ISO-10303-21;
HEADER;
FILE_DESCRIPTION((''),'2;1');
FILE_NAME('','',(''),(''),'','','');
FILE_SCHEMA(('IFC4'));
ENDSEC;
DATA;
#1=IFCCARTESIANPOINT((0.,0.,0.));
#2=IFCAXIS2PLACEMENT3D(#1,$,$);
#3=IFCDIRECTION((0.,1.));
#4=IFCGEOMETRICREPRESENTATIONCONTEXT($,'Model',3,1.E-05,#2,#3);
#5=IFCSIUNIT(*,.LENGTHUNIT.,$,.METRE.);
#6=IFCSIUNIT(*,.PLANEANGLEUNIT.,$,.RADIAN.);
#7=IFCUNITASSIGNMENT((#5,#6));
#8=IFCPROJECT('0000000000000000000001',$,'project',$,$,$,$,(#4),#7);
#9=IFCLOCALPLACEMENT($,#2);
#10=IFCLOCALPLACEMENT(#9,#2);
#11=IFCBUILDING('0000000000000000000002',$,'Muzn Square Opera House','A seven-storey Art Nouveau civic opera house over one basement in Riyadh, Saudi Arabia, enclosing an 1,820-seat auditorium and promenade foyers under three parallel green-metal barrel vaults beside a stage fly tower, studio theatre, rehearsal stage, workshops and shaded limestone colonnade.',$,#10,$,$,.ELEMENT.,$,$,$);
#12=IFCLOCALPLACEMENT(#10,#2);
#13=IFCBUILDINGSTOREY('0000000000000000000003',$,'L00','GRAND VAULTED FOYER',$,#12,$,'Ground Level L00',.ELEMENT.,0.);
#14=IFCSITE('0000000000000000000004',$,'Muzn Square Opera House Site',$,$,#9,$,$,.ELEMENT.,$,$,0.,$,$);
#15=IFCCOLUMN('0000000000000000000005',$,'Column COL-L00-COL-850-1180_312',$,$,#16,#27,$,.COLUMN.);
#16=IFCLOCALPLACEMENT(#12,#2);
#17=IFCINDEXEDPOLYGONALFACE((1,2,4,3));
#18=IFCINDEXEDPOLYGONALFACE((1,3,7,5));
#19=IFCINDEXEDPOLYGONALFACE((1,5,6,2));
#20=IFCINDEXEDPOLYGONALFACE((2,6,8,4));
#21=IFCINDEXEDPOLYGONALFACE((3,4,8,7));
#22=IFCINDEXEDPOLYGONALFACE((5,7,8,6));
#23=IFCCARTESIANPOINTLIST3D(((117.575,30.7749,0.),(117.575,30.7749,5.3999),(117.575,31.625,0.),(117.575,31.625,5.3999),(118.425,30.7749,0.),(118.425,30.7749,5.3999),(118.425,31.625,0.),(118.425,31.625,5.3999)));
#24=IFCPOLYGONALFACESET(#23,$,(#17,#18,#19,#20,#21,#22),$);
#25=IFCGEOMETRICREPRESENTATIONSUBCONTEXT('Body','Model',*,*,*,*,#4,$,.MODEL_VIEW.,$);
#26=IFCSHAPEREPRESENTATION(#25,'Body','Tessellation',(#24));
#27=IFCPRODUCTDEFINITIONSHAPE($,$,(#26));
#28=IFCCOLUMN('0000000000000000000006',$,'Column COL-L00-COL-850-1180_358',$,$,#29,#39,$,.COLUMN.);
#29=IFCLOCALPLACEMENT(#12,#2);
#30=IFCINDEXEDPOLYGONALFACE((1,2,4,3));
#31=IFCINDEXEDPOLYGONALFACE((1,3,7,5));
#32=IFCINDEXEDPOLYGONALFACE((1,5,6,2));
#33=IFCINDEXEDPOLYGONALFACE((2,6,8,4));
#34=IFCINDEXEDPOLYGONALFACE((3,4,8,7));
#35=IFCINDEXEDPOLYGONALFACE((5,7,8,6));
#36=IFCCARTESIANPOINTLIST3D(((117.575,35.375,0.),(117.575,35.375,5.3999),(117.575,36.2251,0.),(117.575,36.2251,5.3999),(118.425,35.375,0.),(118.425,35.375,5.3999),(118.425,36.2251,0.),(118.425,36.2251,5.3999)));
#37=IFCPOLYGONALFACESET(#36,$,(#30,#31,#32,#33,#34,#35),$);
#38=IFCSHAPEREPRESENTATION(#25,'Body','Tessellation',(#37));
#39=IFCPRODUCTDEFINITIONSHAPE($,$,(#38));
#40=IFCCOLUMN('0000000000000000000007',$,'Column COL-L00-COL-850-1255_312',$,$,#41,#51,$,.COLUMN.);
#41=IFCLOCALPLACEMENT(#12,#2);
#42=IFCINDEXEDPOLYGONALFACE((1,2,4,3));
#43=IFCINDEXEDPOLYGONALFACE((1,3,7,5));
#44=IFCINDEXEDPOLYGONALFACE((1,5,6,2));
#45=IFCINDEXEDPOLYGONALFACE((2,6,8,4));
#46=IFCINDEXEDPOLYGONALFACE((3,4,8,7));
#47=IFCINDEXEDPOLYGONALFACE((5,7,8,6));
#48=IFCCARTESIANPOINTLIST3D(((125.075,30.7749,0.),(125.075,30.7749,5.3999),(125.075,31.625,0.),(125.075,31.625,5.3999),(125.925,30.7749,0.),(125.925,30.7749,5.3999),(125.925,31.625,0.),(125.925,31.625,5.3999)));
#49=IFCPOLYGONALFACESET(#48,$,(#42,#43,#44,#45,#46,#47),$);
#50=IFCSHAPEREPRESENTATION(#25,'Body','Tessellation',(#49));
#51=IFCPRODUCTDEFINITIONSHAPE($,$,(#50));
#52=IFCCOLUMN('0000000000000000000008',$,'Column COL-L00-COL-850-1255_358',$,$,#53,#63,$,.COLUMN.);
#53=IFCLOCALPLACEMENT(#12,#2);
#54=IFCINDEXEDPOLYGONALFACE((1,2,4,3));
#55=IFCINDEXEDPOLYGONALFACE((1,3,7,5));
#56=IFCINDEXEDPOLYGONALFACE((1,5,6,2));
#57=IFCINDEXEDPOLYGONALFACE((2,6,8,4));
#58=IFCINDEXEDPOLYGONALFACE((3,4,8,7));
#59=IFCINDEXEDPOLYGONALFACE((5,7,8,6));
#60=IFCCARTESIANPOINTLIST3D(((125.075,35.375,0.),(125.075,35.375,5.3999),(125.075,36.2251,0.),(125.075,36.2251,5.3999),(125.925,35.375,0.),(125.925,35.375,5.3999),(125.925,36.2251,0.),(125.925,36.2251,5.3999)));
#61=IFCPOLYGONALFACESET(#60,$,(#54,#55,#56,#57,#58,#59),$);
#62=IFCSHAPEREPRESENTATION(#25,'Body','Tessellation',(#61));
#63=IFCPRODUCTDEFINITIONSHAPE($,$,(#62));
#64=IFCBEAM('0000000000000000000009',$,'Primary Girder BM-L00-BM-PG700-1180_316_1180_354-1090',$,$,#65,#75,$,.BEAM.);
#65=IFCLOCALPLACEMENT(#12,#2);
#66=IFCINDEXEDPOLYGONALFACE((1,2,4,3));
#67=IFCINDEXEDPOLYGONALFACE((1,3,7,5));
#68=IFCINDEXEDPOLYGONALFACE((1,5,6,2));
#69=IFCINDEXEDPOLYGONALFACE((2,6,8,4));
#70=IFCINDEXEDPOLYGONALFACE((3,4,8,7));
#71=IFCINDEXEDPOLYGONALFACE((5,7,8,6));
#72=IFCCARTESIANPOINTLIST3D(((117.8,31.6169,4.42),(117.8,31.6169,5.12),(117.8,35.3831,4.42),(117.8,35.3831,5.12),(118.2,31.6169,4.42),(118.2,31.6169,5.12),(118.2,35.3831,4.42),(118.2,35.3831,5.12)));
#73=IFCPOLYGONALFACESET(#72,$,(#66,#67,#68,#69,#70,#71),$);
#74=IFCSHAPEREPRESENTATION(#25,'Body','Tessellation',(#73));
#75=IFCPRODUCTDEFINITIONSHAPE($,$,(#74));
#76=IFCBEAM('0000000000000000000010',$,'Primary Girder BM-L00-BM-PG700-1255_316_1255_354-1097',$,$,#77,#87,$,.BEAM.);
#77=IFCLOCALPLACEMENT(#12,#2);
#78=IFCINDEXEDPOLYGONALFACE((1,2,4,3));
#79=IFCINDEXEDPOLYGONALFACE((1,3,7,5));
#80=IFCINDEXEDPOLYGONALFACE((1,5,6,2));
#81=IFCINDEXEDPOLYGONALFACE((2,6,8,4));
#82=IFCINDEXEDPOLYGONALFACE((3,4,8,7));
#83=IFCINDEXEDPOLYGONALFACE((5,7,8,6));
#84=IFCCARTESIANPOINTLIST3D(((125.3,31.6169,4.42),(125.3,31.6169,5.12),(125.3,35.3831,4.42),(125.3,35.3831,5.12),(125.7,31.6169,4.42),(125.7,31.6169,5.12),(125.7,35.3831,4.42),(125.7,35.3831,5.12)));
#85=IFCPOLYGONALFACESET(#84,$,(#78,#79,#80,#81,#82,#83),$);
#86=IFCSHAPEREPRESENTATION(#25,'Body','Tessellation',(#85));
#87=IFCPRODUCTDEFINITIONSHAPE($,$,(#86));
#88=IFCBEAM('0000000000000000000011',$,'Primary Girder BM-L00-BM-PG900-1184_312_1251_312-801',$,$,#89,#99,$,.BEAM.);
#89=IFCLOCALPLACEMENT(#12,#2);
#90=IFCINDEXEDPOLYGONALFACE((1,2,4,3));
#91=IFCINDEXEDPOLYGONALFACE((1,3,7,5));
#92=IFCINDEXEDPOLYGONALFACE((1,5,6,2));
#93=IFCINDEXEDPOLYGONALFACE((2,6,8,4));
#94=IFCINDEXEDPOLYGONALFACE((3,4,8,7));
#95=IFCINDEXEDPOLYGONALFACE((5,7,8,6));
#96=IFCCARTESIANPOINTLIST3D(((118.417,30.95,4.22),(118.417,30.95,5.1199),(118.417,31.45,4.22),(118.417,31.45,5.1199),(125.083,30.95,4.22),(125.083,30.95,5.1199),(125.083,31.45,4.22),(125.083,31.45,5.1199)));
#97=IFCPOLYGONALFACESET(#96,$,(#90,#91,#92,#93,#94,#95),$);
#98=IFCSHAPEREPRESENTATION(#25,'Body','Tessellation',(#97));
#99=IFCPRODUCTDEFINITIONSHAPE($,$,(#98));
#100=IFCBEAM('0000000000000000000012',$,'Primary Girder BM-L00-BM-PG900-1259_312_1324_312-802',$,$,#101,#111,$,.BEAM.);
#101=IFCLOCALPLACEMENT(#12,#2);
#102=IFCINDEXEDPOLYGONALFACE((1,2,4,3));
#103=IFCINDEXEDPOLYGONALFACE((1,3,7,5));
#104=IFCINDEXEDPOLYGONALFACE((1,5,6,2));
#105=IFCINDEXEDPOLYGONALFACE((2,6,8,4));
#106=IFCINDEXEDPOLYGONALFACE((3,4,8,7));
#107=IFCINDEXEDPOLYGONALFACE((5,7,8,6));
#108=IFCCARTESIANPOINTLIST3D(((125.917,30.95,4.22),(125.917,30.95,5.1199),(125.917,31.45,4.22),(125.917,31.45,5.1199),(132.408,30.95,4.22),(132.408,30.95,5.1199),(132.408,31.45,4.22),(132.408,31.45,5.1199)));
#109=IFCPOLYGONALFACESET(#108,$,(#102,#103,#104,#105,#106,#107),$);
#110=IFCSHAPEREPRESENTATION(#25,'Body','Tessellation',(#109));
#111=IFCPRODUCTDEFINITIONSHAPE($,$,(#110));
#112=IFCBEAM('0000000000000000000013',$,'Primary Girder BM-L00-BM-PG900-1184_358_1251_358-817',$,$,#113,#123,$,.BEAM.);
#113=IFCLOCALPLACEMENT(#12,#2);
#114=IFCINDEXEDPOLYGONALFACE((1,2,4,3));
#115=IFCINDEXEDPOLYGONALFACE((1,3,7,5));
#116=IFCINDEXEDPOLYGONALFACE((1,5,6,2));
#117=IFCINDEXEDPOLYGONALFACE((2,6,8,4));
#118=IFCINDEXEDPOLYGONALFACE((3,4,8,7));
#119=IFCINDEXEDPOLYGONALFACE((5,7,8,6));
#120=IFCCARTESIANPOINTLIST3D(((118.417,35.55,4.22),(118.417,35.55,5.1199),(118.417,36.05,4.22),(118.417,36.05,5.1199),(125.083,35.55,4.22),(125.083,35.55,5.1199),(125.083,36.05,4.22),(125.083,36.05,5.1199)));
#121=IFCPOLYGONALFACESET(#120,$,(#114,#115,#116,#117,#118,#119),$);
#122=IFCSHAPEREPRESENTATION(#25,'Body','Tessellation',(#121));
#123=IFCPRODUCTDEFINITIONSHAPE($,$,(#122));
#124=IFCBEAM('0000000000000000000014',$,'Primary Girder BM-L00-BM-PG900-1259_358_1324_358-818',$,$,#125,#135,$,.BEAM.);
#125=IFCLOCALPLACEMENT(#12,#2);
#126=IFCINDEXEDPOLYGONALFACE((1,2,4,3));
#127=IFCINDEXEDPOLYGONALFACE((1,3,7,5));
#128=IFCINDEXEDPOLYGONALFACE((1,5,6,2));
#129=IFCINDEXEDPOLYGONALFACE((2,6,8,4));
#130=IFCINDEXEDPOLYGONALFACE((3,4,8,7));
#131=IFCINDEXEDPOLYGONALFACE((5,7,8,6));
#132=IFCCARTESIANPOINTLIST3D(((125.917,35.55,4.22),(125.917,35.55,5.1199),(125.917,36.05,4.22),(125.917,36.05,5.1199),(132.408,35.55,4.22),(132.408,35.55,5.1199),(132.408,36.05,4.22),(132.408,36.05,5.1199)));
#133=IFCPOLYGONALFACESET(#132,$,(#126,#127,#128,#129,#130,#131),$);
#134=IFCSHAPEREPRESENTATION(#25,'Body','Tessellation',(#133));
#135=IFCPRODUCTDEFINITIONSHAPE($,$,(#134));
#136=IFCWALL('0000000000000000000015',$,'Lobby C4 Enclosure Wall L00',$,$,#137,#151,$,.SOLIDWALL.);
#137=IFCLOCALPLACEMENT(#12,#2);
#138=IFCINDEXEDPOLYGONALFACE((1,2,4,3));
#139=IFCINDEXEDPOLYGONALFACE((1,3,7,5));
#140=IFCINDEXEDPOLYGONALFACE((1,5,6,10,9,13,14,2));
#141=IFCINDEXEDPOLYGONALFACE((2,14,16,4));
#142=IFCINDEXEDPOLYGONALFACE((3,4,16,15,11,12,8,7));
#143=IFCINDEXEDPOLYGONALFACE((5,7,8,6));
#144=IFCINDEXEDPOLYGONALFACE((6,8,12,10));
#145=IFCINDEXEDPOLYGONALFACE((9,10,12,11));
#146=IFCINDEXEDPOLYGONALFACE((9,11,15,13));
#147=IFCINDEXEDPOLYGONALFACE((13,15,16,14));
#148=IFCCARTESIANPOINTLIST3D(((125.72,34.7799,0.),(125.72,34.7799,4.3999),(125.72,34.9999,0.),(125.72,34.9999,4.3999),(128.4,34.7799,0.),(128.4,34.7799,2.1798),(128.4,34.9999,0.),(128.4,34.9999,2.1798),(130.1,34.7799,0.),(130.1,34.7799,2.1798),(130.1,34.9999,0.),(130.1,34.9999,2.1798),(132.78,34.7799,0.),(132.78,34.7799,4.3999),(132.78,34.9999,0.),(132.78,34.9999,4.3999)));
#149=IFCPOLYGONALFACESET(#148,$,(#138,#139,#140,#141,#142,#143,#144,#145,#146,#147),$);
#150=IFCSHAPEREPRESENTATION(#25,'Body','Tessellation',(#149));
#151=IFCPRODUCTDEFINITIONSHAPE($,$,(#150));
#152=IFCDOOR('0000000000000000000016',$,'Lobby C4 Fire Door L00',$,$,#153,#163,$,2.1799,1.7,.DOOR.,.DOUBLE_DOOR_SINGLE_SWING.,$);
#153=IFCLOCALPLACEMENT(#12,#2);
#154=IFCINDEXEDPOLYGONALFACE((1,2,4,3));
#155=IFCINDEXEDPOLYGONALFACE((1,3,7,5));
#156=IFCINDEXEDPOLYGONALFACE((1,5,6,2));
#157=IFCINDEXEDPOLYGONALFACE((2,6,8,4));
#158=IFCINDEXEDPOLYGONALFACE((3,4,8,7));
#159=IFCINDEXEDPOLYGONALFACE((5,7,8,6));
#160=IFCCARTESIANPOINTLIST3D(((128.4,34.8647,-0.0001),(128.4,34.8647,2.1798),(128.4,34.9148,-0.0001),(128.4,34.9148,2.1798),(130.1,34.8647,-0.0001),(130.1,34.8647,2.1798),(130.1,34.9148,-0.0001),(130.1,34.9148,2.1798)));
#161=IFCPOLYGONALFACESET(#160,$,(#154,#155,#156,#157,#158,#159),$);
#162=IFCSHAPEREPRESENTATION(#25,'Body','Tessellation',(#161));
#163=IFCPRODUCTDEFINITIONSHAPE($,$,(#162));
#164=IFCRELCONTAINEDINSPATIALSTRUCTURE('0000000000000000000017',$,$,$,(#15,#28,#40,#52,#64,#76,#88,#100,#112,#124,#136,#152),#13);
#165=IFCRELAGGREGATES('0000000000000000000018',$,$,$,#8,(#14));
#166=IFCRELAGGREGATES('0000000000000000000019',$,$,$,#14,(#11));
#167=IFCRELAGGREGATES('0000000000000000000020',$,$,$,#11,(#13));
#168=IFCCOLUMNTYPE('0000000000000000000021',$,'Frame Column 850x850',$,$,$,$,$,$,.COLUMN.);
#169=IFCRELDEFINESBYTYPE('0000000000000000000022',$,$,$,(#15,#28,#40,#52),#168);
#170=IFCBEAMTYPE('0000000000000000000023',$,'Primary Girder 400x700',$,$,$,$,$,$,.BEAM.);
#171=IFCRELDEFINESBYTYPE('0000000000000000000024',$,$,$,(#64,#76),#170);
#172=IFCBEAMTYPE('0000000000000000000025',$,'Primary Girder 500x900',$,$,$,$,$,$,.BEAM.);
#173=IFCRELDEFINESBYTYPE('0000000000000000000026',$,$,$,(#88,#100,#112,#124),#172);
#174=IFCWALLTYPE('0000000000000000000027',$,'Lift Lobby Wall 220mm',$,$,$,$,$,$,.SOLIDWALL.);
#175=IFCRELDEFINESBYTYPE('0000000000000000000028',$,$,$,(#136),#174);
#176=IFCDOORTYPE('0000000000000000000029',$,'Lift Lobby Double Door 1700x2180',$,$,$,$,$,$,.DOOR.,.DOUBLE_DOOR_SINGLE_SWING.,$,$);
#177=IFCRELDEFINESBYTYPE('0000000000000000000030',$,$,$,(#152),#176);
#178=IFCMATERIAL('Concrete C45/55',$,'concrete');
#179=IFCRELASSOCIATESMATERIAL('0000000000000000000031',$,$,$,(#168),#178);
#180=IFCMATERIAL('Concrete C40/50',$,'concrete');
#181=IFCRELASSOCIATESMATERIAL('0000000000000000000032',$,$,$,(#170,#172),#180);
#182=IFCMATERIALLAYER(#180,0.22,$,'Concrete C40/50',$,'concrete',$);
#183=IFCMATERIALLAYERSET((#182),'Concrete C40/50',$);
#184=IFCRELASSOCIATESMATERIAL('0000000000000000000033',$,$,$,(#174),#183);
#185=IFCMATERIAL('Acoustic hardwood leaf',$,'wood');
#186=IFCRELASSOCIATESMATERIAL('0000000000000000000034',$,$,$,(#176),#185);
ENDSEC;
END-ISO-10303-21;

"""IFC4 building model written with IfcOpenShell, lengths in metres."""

from ifc_helpers import new_model, si_unit, direction, frame, frame_2d, origin, origin_2d, place, context, subcontext, project, spatial, rectangle, extrude, material, layer, layer_set, material_profile, profile_set, type_object, element, fill, save


model = new_model("IFC4")

# Units and contexts
model_context = context("Model", 3, precision=1e-05, world=origin(), true_north=direction((0.0, 1.0)))
body_context = subcontext(model_context, "Body", "Model", "MODEL_VIEW")
ifc_project = project(units=[si_unit("LENGTHUNIT", "METRE"), si_unit("PLANEANGLEUNIT", "RADIAN")], contexts=[model_context])

# Site, building, storey
site_placement = place(None, origin())
site = spatial("IfcSite", under=ifc_project, at=site_placement, Name="Muzn Square Opera House Site", CompositionType="ELEMENT", RefElevation=0.0)
building_placement = place(site_placement, origin())
building = spatial("IfcBuilding", under=site, at=building_placement, Name="Muzn Square Opera House", Description="A seven-storey Art Nouveau civic opera house over one basement in Riyadh, Saudi Arabia, enclosing an 1,820-seat auditorium and promenade foyers under three parallel green-metal barrel vaults beside a stage fly tower, studio theatre, rehearsal stage, workshops and shaded limestone colonnade.", CompositionType="ELEMENT")
storey_placement = place(building_placement, origin())
storey = spatial("IfcBuildingStorey", under=building, at=storey_placement, Name="L00", Description="GRAND VAULTED FOYER", LongName="Ground Level L00", CompositionType="ELEMENT", Elevation=0.0)

# Columns
ifc_material_1 = material(Name="Concrete C45/55", Category="concrete")
ifc_material_profile_1 = material_profile(ifc_material_1, rectangle(XDim=0.8501, YDim=0.8501, at=origin_2d()), Name="RC 850x850", Category="concrete")
ifc_profile_set_1 = profile_set([ifc_material_profile_1], Name="Concrete C45/55")
column_type = type_object("IfcColumnType", Name="Frame Column 850x850", PredefinedType="COLUMN", material=ifc_profile_set_1)
for number, where, z_axis, x_axis, name in (
    (1, (118.0, 31.2, 0.0), (0.0, 0.0, 1.0), (1.0, 0.0, 0.0), "Column COL-L00-COL-850-1180_312"),
    (2, (118.0, 35.8, 0.0), (0.0, 0.0, 1.0), (1.0, 0.0, 0.0), "Column COL-L00-COL-850-1180_358"),
    (3, (125.5, 31.2, 0.0), (0.0, 0.0, 1.0), (1.0, 0.0, 0.0), "Column COL-L00-COL-850-1255_312"),
    (4, (125.5, 35.8, 0.0), (0.0, 0.0, 1.0), (1.0, 0.0, 0.0), "Column COL-L00-COL-850-1255_358"),
):
    element("IfcColumn", number, at=place(storey_placement, frame(where, z_axis=z_axis, x_axis=x_axis)), inside=storey, type_object=column_type, Name=name, PredefinedType="COLUMN", context=body_context, shape_type="SweptSolid", body=[
        extrude(rectangle(XDim=0.8501, YDim=0.8501, at=origin_2d()), origin(), (0.0, 0.0, 1.0), 5.3999),
    ])

# Beams
ifc_material_2 = material(Name="Concrete C40/50", Category="concrete")
ifc_material_profile_2 = material_profile(ifc_material_2, rectangle(XDim=0.3999, YDim=0.7, at=origin_2d()), Name="RCB 400x700", Category="concrete")
ifc_profile_set_2 = profile_set([ifc_material_profile_2], Name="Concrete C40/50")
beam_type_1 = type_object("IfcBeamType", Name="Primary Girder 400x700", PredefinedType="BEAM", material=ifc_profile_set_2)
for number, where, z_axis, x_axis, name in (
    (5, (118.0, 31.6169, 4.77), (0.0, 1.0, 0.0), (-1.0, 0.0, 0.0), "Primary Girder BM-L00-BM-PG700-1180_316_1180_354-1090"),
    (6, (125.5, 31.6169, 4.77), (0.0, 1.0, 0.0), (-1.0, 0.0, 0.0), "Primary Girder BM-L00-BM-PG700-1255_316_1255_354-1097"),
):
    element("IfcBeam", number, at=place(storey_placement, frame(where, z_axis=z_axis, x_axis=x_axis)), inside=storey, type_object=beam_type_1, Name=name, PredefinedType="BEAM", context=body_context, shape_type="SweptSolid", body=[
        extrude(rectangle(XDim=0.3999, YDim=0.7, at=origin_2d()), origin(), (0.0, 0.0, 1.0), 3.7661),
    ])
ifc_material_profile_3 = material_profile(ifc_material_2, rectangle(XDim=0.5, YDim=0.8999, at=origin_2d()), Name="RCB 500x900", Category="concrete")
ifc_profile_set_3 = profile_set([ifc_material_profile_3], Name="Concrete C40/50")
beam_type_2 = type_object("IfcBeamType", Name="Primary Girder 500x900", PredefinedType="BEAM", material=ifc_profile_set_3)
beam_1_placement = place(storey_placement, frame((118.417, 31.2, 4.6699), z_axis=(1.0, 0.0, 0.0), x_axis=(0.0, 1.0, 0.0)))
element("IfcBeam", 7, at=beam_1_placement, inside=storey, type_object=beam_type_2, Name="Primary Girder BM-L00-BM-PG900-1184_312_1251_312-801", PredefinedType="BEAM", context=body_context, shape_type="SweptSolid", body=[
    extrude(rectangle(XDim=0.5, YDim=0.8999, at=origin_2d()), origin(), (0.0, 0.0, 1.0), 6.666),
])
beam_2_placement = place(storey_placement, frame((125.917, 31.2, 4.6699), z_axis=(1.0, 0.0, 0.0), x_axis=(0.0, 1.0, 0.0)))
element("IfcBeam", 8, at=beam_2_placement, inside=storey, type_object=beam_type_2, Name="Primary Girder BM-L00-BM-PG900-1259_312_1324_312-802", PredefinedType="BEAM", context=body_context, shape_type="SweptSolid", body=[
    extrude(rectangle(XDim=0.5, YDim=0.8999, at=origin_2d()), origin(), (0.0, 0.0, 1.0), 6.491),
])
beam_3_placement = place(storey_placement, frame((118.417, 35.8, 4.6699), z_axis=(1.0, 0.0, 0.0), x_axis=(0.0, 1.0, 0.0)))
element("IfcBeam", 9, at=beam_3_placement, inside=storey, type_object=beam_type_2, Name="Primary Girder BM-L00-BM-PG900-1184_358_1251_358-817", PredefinedType="BEAM", context=body_context, shape_type="SweptSolid", body=[
    extrude(rectangle(XDim=0.5, YDim=0.8999, at=origin_2d()), origin(), (0.0, 0.0, 1.0), 6.666),
])
beam_4_placement = place(storey_placement, frame((125.917, 35.8, 4.6699), z_axis=(1.0, 0.0, 0.0), x_axis=(0.0, 1.0, 0.0)))
element("IfcBeam", 10, at=beam_4_placement, inside=storey, type_object=beam_type_2, Name="Primary Girder BM-L00-BM-PG900-1259_358_1324_358-818", PredefinedType="BEAM", context=body_context, shape_type="SweptSolid", body=[
    extrude(rectangle(XDim=0.5, YDim=0.8999, at=origin_2d()), origin(), (0.0, 0.0, 1.0), 6.491),
])

# Wall, opening, door
ifc_layer_1 = layer(ifc_material_2, 0.22, Name="Concrete C40/50", Category="concrete")
ifc_layer_set_1 = layer_set([ifc_layer_1], Name="Concrete C40/50")
wall_type_1 = type_object("IfcWallType", Name="Lift Lobby Wall 220mm", PredefinedType="SOLIDWALL", material=ifc_layer_set_1)
wall_1_placement = place(storey_placement, frame((125.72, 34.8899, 0.0), z_axis=(0.0, 0.0, 1.0), x_axis=(1.0, 0.0, 0.0)))
wall_1 = element("IfcWall", 11, at=wall_1_placement, inside=storey, type_object=wall_type_1, Name="Lobby C4 Enclosure Wall L00", PredefinedType="SOLIDWALL", context=body_context, shape_type="SweptSolid", body=[
    extrude(rectangle(XDim=7.0601, YDim=0.22, at=frame_2d((3.53, 0.0))), origin(), (0.0, 0.0, 1.0), 4.3999),
])
opening_1_placement = place(wall_1_placement, frame((2.6799, 0.0, 0.0)))
opening_1 = element("IfcOpeningElement", 12, at=opening_1_placement, cuts=wall_1, PredefinedType="OPENING", context=body_context, shape_type="SweptSolid", body=[
    extrude(rectangle(XDim=1.7, YDim=2.1799, at=frame_2d((0.8501, 1.0898))), frame((0.0, 0.1199, 0.0), z_axis=(0.0, -1.0, 0.0), x_axis=(1.0, 0.0, 0.0)), (0.0, 0.0, 1.0), 0.24),
])
ifc_material_3 = material(Name="Acoustic hardwood leaf", Category="wood")
door_type_1 = type_object("IfcDoorType", Name="Lift Lobby Double Door 1700x2180", OperationType="DOUBLE_DOOR_SINGLE_SWING", PredefinedType="DOOR", material=ifc_material_3)
door_1_placement = place(opening_1_placement, origin())
door_1 = element("IfcDoor", 13, at=door_1_placement, inside=storey, type_object=door_type_1, Name="Lobby C4 Fire Door L00", OperationType="DOUBLE_DOOR_SINGLE_SWING", OverallHeight=2.1799, OverallWidth=1.7, PredefinedType="DOOR", context=body_context, shape_type="SweptSolid", body=[
    extrude(rectangle(XDim=1.7, YDim=2.1799, at=frame_2d((0.8501, 1.0898))), frame((0.0, 0.0249, 0.0), z_axis=(0.0, -1.0, 0.0), x_axis=(1.0, 0.0, 0.0)), (0.0, 0.0, 1.0), 0.05),
])
fill(opening_1, door_1)

save(model, "model.ifc")
